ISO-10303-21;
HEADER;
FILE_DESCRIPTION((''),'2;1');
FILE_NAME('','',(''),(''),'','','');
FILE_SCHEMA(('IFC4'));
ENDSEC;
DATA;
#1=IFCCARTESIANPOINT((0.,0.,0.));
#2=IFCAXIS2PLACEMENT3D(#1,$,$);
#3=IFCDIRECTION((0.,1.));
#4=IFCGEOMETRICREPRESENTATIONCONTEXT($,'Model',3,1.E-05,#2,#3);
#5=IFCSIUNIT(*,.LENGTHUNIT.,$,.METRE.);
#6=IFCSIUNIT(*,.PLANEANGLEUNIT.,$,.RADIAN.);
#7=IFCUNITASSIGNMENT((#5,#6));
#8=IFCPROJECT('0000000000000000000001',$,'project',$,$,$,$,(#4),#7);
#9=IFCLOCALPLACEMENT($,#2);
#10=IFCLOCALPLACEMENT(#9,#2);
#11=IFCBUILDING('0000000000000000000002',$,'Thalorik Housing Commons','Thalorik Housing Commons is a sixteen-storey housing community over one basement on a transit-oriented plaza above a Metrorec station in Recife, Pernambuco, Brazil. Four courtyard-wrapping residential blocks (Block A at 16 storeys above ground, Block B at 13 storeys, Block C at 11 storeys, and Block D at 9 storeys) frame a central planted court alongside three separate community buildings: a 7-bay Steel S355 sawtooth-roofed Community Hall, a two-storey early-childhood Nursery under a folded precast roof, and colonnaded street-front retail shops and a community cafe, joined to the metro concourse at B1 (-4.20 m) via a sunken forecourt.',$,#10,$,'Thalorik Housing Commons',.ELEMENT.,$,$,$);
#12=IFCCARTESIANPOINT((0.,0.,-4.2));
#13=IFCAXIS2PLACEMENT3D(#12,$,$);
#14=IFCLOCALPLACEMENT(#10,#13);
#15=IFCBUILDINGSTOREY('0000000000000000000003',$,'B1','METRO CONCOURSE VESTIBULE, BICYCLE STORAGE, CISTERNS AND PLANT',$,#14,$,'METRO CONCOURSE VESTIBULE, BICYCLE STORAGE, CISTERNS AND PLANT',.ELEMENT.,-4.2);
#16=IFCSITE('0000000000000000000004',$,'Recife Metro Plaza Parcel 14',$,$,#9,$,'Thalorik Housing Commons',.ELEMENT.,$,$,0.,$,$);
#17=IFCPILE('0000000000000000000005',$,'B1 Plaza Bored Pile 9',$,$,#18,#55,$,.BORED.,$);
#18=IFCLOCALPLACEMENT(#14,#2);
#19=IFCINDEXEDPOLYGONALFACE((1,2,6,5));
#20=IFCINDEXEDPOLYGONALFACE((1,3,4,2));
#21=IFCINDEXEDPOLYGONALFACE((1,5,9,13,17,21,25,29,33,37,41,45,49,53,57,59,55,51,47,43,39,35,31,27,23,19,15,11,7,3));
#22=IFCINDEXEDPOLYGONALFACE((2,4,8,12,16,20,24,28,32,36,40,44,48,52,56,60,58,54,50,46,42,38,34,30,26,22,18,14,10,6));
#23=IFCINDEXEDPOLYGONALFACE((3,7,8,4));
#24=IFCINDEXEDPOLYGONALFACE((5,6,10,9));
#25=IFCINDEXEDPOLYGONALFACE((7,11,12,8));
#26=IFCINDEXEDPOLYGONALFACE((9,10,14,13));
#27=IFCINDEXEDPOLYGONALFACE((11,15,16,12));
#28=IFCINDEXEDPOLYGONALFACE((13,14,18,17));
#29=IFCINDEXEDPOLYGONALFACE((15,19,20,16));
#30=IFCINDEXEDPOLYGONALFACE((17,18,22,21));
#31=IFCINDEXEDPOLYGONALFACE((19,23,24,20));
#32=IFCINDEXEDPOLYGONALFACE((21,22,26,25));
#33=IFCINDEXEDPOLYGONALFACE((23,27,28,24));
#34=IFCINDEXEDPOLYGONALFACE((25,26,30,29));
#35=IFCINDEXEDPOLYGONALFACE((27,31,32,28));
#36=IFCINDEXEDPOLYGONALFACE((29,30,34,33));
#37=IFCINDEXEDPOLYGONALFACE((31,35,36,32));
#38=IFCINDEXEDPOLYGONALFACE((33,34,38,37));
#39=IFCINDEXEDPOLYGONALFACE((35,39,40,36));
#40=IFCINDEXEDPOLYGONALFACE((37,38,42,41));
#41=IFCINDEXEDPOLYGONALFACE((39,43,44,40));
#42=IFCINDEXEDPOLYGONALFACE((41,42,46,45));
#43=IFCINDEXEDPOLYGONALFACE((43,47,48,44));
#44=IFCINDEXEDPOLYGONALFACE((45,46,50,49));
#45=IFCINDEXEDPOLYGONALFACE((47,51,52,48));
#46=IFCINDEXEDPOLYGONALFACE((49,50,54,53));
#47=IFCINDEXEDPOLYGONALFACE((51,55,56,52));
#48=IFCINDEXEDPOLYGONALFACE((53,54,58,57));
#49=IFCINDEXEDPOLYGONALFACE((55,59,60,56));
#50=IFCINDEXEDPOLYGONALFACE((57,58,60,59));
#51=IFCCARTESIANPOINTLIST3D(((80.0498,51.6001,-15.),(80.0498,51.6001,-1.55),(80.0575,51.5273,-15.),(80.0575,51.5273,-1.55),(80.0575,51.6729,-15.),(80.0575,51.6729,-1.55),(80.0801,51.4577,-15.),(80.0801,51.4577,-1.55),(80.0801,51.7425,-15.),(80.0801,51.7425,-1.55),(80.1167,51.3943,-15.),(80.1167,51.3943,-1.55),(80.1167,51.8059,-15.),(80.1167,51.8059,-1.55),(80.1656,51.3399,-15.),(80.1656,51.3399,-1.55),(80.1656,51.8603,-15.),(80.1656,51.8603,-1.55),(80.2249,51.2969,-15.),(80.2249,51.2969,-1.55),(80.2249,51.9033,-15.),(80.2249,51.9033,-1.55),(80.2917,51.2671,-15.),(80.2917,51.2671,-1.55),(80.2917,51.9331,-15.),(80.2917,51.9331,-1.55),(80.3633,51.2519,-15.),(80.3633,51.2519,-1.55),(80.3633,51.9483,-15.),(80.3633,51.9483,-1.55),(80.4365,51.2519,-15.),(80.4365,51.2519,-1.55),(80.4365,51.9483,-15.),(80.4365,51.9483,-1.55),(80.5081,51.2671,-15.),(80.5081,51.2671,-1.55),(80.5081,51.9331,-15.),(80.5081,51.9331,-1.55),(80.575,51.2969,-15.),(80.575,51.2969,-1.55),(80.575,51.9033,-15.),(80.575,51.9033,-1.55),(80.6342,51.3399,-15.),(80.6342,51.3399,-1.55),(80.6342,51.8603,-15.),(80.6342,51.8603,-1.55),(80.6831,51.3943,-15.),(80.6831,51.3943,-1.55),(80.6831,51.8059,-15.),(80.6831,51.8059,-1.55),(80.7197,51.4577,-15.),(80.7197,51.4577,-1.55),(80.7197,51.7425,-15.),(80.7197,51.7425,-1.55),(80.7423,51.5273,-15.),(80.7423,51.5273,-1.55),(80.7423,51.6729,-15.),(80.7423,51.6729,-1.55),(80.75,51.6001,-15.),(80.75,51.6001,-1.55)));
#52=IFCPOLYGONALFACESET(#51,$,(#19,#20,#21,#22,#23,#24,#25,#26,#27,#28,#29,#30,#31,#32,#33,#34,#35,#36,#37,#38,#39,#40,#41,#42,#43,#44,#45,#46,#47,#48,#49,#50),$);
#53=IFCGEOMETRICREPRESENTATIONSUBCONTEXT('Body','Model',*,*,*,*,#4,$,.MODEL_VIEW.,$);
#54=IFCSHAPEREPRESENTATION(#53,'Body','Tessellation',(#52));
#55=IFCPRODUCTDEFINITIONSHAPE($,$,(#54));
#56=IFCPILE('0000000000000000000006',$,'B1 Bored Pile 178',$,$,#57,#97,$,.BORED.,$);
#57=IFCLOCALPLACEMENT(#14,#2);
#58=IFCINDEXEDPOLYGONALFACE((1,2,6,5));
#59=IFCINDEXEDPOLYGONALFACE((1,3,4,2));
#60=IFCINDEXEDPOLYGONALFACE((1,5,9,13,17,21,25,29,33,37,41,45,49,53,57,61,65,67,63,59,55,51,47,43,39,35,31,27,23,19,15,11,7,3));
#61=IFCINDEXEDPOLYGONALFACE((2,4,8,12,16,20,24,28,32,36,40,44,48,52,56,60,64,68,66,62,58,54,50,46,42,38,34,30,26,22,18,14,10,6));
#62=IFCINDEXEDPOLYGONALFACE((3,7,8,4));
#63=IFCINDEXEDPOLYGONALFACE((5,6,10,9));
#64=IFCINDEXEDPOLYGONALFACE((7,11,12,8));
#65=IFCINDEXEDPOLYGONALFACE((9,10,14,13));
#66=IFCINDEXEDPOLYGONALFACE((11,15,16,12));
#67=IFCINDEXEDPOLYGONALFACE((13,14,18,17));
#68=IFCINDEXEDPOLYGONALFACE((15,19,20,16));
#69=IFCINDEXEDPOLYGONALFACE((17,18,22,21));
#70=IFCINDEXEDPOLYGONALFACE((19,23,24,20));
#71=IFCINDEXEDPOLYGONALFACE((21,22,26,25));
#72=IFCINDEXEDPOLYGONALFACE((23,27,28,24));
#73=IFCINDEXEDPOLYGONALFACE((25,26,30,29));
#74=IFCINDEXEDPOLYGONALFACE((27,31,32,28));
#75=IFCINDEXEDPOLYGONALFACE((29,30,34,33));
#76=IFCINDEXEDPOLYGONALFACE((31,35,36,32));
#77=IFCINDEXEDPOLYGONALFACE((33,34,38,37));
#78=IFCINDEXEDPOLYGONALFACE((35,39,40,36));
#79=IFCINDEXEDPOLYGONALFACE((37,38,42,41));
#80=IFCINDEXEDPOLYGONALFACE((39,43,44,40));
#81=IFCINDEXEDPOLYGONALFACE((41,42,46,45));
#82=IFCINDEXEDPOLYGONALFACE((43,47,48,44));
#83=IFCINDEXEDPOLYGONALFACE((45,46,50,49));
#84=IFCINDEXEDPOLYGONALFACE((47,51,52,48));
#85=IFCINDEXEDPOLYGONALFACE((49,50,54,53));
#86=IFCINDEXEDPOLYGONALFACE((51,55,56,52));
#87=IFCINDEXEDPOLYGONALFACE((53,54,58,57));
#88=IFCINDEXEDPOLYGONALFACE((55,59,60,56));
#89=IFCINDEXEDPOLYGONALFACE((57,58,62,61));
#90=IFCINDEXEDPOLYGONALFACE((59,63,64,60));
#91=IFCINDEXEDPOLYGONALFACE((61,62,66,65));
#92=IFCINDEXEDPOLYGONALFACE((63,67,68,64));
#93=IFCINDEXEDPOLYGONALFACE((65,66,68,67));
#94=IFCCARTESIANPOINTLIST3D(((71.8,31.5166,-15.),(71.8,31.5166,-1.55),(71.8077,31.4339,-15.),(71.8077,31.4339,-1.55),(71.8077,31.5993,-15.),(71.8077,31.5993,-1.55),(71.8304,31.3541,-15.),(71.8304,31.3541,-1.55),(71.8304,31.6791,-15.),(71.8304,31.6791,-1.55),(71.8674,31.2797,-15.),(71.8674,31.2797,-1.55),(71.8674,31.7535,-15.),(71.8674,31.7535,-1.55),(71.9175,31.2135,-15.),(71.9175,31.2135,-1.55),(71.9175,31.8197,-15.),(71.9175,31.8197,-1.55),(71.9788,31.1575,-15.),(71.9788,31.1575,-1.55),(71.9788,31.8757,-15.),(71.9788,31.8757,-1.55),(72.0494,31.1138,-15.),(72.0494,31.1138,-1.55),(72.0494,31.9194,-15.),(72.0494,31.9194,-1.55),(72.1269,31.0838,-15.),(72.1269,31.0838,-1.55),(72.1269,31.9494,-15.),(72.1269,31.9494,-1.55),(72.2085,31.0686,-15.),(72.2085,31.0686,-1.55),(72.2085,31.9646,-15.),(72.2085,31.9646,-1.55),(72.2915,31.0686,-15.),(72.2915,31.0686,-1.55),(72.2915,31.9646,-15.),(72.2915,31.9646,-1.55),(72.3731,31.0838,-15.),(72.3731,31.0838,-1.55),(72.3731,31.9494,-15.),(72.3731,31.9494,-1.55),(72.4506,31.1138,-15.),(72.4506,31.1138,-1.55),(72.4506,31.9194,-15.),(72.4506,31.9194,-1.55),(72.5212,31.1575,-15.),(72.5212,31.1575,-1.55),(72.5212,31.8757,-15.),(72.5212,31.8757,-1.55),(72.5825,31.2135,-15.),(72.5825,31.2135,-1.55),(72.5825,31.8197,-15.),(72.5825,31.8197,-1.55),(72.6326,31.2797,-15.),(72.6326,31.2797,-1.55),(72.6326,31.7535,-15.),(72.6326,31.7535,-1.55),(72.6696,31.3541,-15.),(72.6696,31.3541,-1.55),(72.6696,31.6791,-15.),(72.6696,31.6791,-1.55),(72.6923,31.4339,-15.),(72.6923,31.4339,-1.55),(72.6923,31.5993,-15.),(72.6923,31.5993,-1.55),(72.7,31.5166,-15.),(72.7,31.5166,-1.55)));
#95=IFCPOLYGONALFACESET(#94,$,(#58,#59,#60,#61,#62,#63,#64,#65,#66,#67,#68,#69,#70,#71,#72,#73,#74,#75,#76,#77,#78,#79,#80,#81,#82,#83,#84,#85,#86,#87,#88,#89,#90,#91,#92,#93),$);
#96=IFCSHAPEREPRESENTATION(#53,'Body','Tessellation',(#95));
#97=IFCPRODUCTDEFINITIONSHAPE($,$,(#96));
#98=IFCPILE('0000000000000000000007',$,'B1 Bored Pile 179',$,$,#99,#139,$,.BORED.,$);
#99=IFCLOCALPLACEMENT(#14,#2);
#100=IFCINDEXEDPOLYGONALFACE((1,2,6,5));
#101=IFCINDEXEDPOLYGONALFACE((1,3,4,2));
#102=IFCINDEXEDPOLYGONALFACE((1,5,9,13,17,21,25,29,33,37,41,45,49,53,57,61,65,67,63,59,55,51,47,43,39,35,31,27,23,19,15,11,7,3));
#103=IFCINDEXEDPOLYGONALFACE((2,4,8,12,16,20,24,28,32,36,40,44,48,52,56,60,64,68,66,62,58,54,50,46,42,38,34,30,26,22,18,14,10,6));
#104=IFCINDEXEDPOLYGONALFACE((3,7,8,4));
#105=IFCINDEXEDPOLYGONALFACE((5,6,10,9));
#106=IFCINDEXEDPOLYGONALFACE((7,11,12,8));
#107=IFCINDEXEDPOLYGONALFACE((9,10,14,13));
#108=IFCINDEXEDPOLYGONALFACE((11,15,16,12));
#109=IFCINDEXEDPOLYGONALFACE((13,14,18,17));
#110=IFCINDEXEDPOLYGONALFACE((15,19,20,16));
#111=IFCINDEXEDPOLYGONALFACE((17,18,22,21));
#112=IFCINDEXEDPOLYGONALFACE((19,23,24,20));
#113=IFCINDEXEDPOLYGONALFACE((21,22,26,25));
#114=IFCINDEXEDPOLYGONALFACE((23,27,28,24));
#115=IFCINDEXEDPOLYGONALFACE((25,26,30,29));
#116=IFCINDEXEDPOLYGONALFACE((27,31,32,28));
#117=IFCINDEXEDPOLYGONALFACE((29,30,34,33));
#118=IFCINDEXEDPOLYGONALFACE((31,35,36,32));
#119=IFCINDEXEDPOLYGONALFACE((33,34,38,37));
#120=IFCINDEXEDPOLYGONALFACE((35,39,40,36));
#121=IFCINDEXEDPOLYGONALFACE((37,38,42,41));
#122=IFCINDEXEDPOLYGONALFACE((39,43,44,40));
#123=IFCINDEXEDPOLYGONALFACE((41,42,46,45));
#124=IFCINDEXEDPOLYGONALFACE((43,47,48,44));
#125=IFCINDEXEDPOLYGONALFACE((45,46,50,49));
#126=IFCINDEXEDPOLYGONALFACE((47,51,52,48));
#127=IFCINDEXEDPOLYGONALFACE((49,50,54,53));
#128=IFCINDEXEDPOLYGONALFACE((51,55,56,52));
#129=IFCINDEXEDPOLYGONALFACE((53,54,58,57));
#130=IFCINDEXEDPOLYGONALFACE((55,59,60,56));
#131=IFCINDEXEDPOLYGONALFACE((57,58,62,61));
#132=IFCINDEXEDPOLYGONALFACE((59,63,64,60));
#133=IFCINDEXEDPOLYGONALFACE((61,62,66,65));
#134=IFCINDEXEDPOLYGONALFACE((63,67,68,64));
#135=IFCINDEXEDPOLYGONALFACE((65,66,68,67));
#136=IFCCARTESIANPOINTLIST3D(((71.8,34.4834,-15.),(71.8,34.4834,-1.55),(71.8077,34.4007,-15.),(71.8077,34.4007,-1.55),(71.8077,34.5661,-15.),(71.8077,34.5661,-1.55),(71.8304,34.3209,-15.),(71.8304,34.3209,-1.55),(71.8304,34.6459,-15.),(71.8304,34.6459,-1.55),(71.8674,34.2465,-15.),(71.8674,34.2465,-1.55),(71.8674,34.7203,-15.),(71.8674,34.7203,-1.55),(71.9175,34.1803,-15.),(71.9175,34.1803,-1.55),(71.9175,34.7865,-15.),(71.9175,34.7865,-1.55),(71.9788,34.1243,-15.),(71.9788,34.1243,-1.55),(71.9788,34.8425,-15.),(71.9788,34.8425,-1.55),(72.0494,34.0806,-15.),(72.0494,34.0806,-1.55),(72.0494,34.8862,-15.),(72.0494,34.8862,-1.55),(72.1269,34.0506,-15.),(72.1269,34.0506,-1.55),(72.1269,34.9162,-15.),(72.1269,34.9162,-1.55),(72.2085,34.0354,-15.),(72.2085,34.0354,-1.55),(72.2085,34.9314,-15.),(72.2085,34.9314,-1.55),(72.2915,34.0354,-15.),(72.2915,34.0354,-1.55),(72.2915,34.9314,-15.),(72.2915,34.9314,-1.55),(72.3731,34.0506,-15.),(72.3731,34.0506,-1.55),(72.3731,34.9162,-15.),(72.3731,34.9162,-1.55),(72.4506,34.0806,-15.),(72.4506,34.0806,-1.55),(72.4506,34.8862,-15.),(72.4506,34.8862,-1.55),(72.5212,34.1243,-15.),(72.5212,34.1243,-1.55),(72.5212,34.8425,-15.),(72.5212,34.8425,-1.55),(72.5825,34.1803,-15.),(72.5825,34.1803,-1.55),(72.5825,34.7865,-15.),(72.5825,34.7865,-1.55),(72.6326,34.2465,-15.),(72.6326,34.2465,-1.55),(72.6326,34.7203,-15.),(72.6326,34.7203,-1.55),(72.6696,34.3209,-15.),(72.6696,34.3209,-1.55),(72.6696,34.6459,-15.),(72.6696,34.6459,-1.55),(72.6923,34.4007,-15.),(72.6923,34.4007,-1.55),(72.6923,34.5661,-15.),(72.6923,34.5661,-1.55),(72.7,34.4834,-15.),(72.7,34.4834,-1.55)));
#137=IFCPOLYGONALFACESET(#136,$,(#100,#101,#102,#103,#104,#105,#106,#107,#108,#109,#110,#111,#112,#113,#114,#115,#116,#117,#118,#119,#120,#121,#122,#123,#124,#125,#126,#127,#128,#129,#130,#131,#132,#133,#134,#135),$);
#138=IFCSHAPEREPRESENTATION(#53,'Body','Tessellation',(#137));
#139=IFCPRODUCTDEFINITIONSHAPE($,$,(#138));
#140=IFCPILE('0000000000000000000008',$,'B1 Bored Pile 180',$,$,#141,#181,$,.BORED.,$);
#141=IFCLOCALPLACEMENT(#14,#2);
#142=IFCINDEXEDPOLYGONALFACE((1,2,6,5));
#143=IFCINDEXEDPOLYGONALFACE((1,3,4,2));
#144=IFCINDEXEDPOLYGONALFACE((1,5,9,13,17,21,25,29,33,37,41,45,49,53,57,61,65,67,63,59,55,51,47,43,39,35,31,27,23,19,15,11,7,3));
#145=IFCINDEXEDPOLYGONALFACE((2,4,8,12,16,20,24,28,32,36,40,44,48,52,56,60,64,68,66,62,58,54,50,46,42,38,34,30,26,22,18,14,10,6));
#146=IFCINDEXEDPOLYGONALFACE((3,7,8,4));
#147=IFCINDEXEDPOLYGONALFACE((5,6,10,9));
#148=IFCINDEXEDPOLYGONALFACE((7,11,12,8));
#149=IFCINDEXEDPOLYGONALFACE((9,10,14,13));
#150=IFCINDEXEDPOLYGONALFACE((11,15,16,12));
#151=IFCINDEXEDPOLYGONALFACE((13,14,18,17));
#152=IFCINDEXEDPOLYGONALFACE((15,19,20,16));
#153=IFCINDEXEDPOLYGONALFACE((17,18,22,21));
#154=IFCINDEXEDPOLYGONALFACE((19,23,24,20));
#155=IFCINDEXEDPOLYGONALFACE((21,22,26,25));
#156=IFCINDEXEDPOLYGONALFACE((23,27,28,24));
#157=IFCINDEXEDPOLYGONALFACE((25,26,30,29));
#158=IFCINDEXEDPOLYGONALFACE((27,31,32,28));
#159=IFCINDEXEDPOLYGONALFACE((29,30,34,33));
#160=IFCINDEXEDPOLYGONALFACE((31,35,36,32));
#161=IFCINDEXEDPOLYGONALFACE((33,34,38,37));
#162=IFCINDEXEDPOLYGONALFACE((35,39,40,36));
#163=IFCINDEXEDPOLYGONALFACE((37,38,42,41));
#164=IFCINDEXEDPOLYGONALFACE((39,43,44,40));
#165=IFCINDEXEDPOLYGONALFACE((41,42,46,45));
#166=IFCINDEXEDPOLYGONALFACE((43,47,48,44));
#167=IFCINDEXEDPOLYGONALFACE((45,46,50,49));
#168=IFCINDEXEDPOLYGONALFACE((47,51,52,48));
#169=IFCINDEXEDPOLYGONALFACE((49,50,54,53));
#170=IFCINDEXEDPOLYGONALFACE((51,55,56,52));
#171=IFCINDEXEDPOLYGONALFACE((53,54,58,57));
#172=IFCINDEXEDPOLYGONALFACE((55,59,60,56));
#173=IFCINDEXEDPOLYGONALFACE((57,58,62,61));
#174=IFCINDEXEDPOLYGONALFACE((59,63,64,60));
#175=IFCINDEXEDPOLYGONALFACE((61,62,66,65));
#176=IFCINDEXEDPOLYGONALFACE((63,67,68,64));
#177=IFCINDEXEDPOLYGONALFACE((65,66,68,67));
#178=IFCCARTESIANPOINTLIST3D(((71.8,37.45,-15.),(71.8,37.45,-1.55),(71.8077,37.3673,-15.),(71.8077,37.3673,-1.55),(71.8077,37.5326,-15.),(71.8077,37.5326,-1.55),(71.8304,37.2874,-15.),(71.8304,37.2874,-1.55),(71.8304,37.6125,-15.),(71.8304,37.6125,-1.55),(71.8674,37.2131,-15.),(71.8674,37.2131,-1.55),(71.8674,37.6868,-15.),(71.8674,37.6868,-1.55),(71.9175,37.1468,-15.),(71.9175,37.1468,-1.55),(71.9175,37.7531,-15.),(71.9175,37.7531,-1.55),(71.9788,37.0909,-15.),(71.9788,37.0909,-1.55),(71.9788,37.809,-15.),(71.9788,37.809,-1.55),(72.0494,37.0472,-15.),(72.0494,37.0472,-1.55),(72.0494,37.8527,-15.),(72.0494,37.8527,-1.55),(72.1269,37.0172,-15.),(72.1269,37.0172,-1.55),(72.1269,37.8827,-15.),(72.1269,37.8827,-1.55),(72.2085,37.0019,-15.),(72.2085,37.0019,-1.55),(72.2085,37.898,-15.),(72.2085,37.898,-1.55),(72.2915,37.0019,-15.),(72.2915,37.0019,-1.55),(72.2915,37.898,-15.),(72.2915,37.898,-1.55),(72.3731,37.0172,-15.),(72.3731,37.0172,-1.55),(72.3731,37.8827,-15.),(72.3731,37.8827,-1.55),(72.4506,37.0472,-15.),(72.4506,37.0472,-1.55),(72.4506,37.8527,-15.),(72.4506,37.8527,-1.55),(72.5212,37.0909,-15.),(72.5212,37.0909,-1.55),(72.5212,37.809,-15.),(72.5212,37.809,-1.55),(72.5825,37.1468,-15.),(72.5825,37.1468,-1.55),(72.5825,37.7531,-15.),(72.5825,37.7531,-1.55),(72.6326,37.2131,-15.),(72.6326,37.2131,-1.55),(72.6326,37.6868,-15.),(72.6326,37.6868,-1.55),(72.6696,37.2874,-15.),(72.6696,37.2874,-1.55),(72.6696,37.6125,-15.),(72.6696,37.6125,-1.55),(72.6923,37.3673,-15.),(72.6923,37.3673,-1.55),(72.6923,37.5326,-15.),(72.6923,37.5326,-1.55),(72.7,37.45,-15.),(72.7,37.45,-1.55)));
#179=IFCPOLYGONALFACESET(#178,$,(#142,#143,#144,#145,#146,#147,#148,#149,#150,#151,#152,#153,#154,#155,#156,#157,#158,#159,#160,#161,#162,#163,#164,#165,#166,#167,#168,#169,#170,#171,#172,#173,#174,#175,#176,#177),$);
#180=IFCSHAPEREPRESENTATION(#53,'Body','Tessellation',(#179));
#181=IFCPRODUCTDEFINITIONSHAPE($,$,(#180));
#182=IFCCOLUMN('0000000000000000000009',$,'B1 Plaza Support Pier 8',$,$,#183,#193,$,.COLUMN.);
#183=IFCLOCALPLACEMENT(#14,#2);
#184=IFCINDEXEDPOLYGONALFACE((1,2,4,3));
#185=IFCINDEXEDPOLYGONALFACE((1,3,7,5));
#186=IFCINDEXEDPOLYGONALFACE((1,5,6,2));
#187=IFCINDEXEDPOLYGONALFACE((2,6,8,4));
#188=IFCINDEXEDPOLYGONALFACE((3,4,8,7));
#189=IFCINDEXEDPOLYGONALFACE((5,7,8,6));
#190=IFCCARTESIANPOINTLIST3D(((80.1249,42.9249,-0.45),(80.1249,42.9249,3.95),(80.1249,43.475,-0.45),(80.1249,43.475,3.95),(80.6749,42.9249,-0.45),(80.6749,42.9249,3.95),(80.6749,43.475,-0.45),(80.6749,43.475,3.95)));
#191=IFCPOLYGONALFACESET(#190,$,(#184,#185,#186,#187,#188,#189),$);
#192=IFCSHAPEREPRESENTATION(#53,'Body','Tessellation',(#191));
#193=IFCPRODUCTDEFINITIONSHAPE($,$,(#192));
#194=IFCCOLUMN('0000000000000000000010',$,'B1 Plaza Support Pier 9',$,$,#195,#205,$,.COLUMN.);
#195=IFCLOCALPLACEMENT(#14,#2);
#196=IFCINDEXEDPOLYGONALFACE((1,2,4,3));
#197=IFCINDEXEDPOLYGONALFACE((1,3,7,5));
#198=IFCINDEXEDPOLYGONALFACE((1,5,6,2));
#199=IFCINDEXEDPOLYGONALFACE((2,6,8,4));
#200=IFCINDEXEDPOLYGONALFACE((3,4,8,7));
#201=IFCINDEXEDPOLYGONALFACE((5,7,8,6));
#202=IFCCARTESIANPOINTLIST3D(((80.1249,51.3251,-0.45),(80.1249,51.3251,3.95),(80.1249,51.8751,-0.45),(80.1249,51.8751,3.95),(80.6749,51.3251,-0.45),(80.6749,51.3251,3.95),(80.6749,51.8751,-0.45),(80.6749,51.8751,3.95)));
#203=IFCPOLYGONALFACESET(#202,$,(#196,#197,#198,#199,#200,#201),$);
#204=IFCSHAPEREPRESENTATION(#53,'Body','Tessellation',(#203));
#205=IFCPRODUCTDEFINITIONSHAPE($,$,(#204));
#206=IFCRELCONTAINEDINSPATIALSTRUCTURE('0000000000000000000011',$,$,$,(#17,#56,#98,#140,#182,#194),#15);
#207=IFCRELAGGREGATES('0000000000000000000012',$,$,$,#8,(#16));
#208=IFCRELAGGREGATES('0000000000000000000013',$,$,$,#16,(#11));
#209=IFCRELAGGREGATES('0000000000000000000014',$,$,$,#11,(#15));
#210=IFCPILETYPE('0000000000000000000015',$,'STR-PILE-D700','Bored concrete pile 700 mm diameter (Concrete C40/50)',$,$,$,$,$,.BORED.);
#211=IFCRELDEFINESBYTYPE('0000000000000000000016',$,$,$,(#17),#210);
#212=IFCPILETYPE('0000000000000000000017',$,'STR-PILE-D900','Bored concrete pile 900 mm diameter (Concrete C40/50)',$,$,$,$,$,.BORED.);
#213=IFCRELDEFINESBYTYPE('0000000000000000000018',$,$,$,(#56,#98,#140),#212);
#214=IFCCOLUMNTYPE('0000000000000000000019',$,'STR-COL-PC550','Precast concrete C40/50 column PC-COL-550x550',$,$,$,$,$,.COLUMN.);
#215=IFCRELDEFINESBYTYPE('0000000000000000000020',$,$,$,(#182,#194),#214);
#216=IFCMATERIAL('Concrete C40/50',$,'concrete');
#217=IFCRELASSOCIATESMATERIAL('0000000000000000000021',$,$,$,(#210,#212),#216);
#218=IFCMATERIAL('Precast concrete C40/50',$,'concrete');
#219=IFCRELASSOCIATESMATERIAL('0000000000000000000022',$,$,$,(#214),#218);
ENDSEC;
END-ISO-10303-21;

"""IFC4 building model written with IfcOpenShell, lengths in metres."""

from ifc_helpers import new_model, si_unit, direction, frame, origin, origin_2d, place, context, subcontext, project, spatial, rectangle, circle, extrude, material, material_profile, profile_set, type_object, element, save


model = new_model("IFC4")

# Units and contexts
model_context = context("Model", 3, precision=1e-05, world=origin(), true_north=direction((0.0, 1.0)))
body_context = subcontext(model_context, "Body", "Model", "MODEL_VIEW")
ifc_project = project(units=[si_unit("LENGTHUNIT", "METRE"), si_unit("PLANEANGLEUNIT", "RADIAN")], contexts=[model_context])

# Site, building, storey
site_placement = place(None, origin())
site = spatial("IfcSite", under=ifc_project, at=site_placement, Name="Recife Metro Plaza Parcel 14", LongName="Thalorik Housing Commons", CompositionType="ELEMENT", RefElevation=0.0)
building_placement = place(site_placement, origin())
building = spatial("IfcBuilding", under=site, at=building_placement, Name="Thalorik Housing Commons", Description="Thalorik Housing Commons is a sixteen-storey housing community over one basement on a transit-oriented plaza above a Metrorec station in Recife, Pernambuco, Brazil. Four courtyard-wrapping residential blocks (Block A at 16 storeys above ground, Block B at 13 storeys, Block C at 11 storeys, and Block D at 9 storeys) frame a central planted court alongside three separate community buildings: a 7-bay Steel S355 sawtooth-roofed Community Hall, a two-storey early-childhood Nursery under a folded precast roof, and colonnaded street-front retail shops and a community cafe, joined to the metro concourse at B1 (-4.20 m) via a sunken forecourt.", LongName="Thalorik Housing Commons", CompositionType="ELEMENT")
storey_placement = place(building_placement, frame((0.0, 0.0, -4.2)))
storey = spatial("IfcBuildingStorey", under=building, at=storey_placement, Name="B1", Description="METRO CONCOURSE VESTIBULE, BICYCLE STORAGE, CISTERNS AND PLANT", LongName="METRO CONCOURSE VESTIBULE, BICYCLE STORAGE, CISTERNS AND PLANT", CompositionType="ELEMENT", Elevation=-4.2)

# Shared definitions
ifc_material_1 = material(Name="Concrete C40/50", Category="concrete")

# Piles
ifc_material_profile_1 = material_profile(ifc_material_1, circle(Radius=0.3501, at=origin_2d()), Name="BORED PILE D700", Category="concrete")
ifc_profile_set_1 = profile_set([ifc_material_profile_1], Name="Concrete C40/50")
pile_type_1 = type_object("IfcPileType", Name="STR-PILE-D700", Description="Bored concrete pile 700 mm diameter (Concrete C40/50)", PredefinedType="BORED", material=ifc_profile_set_1)
for number, where, z_axis, x_axis, name in (
    (1, (80.3999, 51.6001, -1.55), (0.0, 0.0, -1.0), (1.0, 0.0, 0.0), "B1 Plaza Bored Pile 9"),
):
    element("IfcPile", number, at=place(storey_placement, frame(where, z_axis=z_axis, x_axis=x_axis)), inside=storey, type_object=pile_type_1, Name=name, PredefinedType="BORED", context=body_context, shape_type="SweptSolid", body=[
        extrude(circle(Radius=0.3501, at=origin_2d()), origin(), (0.0, 0.0, 1.0), 13.45),
    ])
ifc_material_profile_2 = material_profile(ifc_material_1, circle(Radius=0.45, at=origin_2d()), Name="BORED PILE D900", Category="concrete")
ifc_profile_set_2 = profile_set([ifc_material_profile_2], Name="Concrete C40/50")
pile_type_2 = type_object("IfcPileType", Name="STR-PILE-D900", Description="Bored concrete pile 900 mm diameter (Concrete C40/50)", PredefinedType="BORED", material=ifc_profile_set_2)
for number, where, z_axis, x_axis, name in (
    (2, (72.25, 31.5166, -1.55), (0.0, 0.0, -1.0), (1.0, 0.0, 0.0), "B1 Bored Pile 178"),
    (3, (72.25, 34.4834, -1.55), (0.0, 0.0, -1.0), (1.0, 0.0, 0.0), "B1 Bored Pile 179"),
    (4, (72.25, 37.45, -1.55), (0.0, 0.0, -1.0), (1.0, 0.0, 0.0), "B1 Bored Pile 180"),
):
    element("IfcPile", number, at=place(storey_placement, frame(where, z_axis=z_axis, x_axis=x_axis)), inside=storey, type_object=pile_type_2, Name=name, PredefinedType="BORED", context=body_context, shape_type="SweptSolid", body=[
        extrude(circle(Radius=0.45, at=origin_2d()), origin(), (0.0, 0.0, 1.0), 13.45),
    ])

# Columns
ifc_material_2 = material(Name="Precast concrete C40/50", Category="concrete")
ifc_material_profile_3 = material_profile(ifc_material_2, rectangle(XDim=0.55, YDim=0.55, at=origin_2d()), Name="PC 550x550", Category="concrete")
ifc_profile_set_3 = profile_set([ifc_material_profile_3], Name="Precast concrete C40/50")
column_type_1 = type_object("IfcColumnType", Name="STR-COL-PC550", Description="Precast concrete C40/50 column PC-COL-550x550", PredefinedType="COLUMN", material=ifc_profile_set_3)
for number, where, z_axis, x_axis, name in (
    (5, (80.3999, 43.2, -0.45), (0.0, 0.0, 1.0), (1.0, 0.0, 0.0), "B1 Plaza Support Pier 8"),
    (6, (80.3999, 51.6001, -0.45), (0.0, 0.0, 1.0), (1.0, 0.0, 0.0), "B1 Plaza Support Pier 9"),
):
    element("IfcColumn", number, at=place(storey_placement, frame(where, z_axis=z_axis, x_axis=x_axis)), inside=storey, type_object=column_type_1, Name=name, PredefinedType="COLUMN", context=body_context, shape_type="SweptSolid", body=[
        extrude(rectangle(XDim=0.55, YDim=0.55, at=origin_2d()), origin(), (0.0, 0.0, 1.0), 4.3999),
    ])

save(model, "model.ifc")
